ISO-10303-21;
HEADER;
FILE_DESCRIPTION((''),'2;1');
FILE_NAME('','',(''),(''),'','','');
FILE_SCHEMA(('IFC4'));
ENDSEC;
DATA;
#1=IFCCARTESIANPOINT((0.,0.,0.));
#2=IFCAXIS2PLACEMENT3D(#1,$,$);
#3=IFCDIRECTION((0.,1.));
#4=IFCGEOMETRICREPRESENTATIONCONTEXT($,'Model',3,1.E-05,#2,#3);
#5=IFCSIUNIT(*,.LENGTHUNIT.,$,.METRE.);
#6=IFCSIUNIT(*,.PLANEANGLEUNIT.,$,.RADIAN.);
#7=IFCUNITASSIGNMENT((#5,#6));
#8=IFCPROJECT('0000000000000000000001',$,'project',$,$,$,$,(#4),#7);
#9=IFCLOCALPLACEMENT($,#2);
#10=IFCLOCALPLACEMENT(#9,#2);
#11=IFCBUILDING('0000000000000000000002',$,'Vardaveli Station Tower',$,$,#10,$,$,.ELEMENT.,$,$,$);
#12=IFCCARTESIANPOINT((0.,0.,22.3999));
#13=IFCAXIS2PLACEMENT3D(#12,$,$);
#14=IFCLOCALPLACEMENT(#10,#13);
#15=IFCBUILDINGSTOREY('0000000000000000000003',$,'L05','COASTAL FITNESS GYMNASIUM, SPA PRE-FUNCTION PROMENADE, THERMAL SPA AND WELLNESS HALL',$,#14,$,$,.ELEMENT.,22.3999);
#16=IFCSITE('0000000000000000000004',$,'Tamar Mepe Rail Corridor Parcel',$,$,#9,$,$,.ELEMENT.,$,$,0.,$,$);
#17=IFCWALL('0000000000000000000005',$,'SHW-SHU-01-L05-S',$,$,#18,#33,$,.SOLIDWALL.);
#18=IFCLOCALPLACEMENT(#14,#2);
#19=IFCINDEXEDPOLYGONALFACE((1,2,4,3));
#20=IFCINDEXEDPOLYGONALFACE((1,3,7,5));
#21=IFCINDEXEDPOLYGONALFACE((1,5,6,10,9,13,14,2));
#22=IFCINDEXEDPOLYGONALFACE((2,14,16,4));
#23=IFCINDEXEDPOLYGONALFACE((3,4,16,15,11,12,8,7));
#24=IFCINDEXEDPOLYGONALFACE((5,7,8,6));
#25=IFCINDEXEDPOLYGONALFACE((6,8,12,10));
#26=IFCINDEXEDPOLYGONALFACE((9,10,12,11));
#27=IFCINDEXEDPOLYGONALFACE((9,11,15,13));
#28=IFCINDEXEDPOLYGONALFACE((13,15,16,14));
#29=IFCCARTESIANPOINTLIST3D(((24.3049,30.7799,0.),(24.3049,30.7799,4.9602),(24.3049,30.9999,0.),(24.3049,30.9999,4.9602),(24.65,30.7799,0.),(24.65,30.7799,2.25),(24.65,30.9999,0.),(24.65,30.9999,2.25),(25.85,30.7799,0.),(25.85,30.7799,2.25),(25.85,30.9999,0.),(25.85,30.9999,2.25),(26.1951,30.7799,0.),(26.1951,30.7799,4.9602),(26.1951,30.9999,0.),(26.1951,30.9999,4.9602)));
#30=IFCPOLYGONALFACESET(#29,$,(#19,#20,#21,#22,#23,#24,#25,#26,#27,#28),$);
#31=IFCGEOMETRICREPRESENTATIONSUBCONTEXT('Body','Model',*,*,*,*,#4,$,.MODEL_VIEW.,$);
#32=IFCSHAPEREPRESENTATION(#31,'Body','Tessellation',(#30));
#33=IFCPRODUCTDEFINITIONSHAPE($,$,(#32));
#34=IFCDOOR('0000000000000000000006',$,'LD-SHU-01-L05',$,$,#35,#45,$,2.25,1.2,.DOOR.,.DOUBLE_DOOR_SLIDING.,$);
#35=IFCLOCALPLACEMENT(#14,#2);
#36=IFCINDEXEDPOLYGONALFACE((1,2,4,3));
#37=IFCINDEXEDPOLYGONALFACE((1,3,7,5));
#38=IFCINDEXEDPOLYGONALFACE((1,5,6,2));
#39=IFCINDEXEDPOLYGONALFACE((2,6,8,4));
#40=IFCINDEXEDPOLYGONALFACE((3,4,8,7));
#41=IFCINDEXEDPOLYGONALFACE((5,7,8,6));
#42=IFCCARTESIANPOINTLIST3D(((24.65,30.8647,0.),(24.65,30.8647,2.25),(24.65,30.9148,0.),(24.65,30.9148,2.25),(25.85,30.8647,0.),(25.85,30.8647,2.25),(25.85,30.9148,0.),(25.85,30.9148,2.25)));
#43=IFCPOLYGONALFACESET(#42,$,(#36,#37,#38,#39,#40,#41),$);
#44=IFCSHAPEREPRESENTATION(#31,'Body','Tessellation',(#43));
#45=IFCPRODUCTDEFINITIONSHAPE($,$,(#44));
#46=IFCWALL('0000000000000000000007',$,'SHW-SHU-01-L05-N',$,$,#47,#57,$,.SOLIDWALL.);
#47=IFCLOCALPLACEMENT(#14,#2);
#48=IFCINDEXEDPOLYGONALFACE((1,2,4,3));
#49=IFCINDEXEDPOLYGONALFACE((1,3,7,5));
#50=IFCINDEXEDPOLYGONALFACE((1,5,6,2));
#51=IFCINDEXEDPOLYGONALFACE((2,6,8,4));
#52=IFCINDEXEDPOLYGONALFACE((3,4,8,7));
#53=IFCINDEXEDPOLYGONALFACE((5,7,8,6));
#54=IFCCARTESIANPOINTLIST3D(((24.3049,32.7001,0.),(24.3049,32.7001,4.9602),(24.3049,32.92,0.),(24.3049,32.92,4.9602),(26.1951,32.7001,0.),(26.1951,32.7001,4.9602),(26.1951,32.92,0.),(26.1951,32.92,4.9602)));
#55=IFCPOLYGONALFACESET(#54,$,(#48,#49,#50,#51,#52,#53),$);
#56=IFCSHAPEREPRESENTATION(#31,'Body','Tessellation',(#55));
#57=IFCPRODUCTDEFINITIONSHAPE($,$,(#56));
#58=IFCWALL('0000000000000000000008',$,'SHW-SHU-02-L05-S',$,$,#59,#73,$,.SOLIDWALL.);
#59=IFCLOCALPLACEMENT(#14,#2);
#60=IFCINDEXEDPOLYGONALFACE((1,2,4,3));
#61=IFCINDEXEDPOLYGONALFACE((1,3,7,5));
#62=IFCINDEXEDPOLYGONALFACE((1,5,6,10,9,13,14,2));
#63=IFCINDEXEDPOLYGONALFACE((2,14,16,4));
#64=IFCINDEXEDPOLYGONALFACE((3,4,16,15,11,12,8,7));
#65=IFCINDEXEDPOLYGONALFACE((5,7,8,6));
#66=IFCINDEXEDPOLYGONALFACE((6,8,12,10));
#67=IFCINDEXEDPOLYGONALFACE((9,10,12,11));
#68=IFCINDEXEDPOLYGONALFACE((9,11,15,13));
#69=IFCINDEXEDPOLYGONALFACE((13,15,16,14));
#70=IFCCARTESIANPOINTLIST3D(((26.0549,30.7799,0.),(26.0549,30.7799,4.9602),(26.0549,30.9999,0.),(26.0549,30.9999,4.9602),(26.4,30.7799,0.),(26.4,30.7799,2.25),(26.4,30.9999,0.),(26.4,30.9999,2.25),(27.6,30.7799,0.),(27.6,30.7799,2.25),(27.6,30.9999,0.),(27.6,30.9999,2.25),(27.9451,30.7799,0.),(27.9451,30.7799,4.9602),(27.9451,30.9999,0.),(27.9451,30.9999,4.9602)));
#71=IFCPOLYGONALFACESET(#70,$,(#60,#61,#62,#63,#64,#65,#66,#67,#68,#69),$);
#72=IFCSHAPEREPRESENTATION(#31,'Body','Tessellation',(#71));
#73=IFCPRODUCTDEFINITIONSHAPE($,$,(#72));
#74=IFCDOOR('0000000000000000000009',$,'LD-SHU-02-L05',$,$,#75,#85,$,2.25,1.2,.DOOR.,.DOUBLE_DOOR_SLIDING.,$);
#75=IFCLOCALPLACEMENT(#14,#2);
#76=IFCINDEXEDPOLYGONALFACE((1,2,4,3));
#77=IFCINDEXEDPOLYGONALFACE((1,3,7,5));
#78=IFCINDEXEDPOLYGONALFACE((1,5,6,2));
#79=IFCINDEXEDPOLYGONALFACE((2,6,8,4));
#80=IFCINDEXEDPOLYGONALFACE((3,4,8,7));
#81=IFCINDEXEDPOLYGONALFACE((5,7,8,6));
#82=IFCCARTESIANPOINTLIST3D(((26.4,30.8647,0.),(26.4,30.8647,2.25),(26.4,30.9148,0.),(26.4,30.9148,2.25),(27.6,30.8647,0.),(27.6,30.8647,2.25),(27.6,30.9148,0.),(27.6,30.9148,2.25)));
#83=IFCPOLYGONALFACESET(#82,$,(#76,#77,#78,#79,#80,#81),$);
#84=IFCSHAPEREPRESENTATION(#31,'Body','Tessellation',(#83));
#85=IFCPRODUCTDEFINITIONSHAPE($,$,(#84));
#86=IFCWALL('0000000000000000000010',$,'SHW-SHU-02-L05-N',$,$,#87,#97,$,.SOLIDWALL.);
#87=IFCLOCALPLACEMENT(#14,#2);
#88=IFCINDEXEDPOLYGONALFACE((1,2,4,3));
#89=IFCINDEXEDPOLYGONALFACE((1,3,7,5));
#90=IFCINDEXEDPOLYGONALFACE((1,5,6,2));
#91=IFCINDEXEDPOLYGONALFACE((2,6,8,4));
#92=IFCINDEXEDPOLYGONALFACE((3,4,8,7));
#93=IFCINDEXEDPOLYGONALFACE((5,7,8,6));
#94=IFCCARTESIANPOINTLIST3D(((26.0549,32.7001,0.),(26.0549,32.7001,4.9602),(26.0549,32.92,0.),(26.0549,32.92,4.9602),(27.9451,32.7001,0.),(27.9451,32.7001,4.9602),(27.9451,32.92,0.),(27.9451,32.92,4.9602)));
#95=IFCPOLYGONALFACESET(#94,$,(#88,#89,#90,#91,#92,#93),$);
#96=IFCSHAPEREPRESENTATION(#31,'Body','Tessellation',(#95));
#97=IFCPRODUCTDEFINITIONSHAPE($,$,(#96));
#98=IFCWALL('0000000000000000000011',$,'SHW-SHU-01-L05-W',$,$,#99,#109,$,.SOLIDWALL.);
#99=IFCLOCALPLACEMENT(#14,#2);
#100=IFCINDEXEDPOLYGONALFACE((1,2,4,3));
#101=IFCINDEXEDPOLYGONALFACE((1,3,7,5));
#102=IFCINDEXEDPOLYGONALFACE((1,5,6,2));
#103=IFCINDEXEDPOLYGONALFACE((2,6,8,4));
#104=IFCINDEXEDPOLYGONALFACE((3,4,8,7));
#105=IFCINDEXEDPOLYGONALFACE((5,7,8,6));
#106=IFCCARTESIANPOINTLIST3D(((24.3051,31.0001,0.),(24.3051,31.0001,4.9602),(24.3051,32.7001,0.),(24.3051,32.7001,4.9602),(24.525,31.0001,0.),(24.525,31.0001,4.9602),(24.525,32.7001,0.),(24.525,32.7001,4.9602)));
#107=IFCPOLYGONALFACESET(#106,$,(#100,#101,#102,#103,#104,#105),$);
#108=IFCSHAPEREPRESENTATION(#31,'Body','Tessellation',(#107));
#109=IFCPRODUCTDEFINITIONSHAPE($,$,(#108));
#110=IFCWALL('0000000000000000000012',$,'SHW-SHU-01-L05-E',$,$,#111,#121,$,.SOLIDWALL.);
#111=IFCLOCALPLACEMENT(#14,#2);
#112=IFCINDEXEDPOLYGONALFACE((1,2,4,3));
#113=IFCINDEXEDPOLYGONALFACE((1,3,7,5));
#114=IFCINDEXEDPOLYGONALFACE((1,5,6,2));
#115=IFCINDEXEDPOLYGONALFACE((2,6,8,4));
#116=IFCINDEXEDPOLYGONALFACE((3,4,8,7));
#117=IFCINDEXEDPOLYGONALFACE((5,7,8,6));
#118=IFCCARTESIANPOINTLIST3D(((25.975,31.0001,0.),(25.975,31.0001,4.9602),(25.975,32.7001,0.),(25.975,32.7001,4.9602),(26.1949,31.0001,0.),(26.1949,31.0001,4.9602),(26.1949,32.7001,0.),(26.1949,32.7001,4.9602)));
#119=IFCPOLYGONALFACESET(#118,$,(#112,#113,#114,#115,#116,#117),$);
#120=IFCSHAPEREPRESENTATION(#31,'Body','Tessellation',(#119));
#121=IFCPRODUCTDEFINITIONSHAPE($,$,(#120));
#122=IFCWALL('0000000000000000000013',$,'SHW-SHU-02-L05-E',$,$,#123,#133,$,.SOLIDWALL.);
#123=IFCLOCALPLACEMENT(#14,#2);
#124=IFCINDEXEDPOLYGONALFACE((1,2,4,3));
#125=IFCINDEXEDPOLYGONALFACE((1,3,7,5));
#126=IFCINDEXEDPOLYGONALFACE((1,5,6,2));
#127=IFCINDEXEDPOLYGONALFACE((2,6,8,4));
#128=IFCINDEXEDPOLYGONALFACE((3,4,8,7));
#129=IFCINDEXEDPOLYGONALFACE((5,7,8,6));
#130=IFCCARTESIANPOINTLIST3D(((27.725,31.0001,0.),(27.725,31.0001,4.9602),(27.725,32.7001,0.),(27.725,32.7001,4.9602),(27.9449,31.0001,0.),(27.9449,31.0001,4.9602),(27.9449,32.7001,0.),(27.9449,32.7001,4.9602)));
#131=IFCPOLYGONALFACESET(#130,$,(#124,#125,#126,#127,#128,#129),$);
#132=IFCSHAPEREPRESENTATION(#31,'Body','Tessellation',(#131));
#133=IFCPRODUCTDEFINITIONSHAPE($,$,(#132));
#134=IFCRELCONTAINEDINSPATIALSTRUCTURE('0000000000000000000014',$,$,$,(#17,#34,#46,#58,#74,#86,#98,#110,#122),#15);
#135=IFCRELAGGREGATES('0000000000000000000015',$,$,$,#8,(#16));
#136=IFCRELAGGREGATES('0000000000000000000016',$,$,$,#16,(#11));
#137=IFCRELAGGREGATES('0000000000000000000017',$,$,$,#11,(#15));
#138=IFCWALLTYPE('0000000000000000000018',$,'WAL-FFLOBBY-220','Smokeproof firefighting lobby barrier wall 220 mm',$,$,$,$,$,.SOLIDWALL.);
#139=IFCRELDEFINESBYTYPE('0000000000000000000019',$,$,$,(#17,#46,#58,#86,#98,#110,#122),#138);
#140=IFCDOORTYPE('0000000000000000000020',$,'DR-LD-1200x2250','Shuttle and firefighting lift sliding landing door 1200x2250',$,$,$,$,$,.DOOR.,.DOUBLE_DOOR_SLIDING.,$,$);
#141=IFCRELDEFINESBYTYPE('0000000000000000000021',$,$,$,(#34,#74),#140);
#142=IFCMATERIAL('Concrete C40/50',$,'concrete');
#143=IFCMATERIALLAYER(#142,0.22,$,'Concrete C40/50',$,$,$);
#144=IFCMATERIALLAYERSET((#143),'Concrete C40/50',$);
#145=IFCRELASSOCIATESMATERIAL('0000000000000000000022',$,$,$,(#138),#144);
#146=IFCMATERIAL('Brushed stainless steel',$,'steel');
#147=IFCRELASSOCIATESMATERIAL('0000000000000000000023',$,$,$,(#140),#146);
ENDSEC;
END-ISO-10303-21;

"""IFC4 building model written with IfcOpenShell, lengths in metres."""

from ifc_helpers import new_model, si_unit, direction, frame, frame_2d, origin, place, context, subcontext, project, spatial, rectangle, extrude, source, transform, mapped, material, layer, layer_set, type_object, element, fill, save


model = new_model("IFC4")

# Units and contexts
model_context = context("Model", 3, precision=1e-05, world=origin(), true_north=direction((0.0, 1.0)))
body_context = subcontext(model_context, "Body", "Model", "MODEL_VIEW")
ifc_project = project(units=[si_unit("LENGTHUNIT", "METRE"), si_unit("PLANEANGLEUNIT", "RADIAN")], contexts=[model_context])

# Site, building, storey
site_placement = place(None, origin())
site = spatial("IfcSite", under=ifc_project, at=site_placement, Name="Tamar Mepe Rail Corridor Parcel", CompositionType="ELEMENT", RefElevation=0.0)
building_placement = place(site_placement, origin())
building = spatial("IfcBuilding", under=site, at=building_placement, Name="Vardaveli Station Tower", CompositionType="ELEMENT")
storey_placement = place(building_placement, frame((0.0, 0.0, 22.3999)))
storey = spatial("IfcBuildingStorey", under=building, at=storey_placement, Name="L05", Description="COASTAL FITNESS GYMNASIUM, SPA PRE-FUNCTION PROMENADE, THERMAL SPA AND WELLNESS HALL", CompositionType="ELEMENT", Elevation=22.3999)

# Shared definitions
ifc_material_1 = material(Name="Concrete C40/50", Category="concrete")
ifc_layer_1 = layer(ifc_material_1, 0.22, Name="Concrete C40/50")
ifc_layer_set_1 = layer_set([ifc_layer_1], Name="Concrete C40/50")
wall_type_1 = type_object("IfcWallType", Name="WAL-FFLOBBY-220", Description="Smokeproof firefighting lobby barrier wall 220 mm", PredefinedType="SOLIDWALL", material=ifc_layer_set_1)

# Wall, opening, door
shared_shape_1 = source(origin(), body_context, "Body", "SweptSolid", [
    extrude(rectangle(XDim=1.8901, YDim=0.22, at=frame_2d((0.9451, 0.0))), origin(), (0.0, 0.0, 1.0), 4.9602),
])
wall_1_placement = place(storey_placement, frame((24.3049, 30.8899, 0.0), z_axis=(0.0, 0.0, 1.0), x_axis=(1.0, 0.0, 0.0)))
wall_1 = element("IfcWall", 1, at=wall_1_placement, inside=storey, type_object=wall_type_1, Name="SHW-SHU-01-L05-S", PredefinedType="SOLIDWALL", context=body_context, shape_type="MappedRepresentation", body=[
    mapped(shared_shape_1, transform((0.0, 0.0, 0.0), scale=1.0)),
])
shared_shape_2 = source(origin(), body_context, "Body", "SweptSolid", [
    extrude(rectangle(XDim=1.2, YDim=2.25, at=frame_2d((0.6001, 1.125))), frame((0.0, 0.1201, 0.0), z_axis=(0.0, -1.0, 0.0), x_axis=(1.0, 0.0, 0.0)), (0.0, 0.0, 1.0), 0.24),
])
opening_1_placement = place(wall_1_placement, frame((0.345, 0.0, 0.0)))
opening_1 = element("IfcOpeningElement", 2, at=opening_1_placement, cuts=wall_1, PredefinedType="OPENING", context=body_context, shape_type="MappedRepresentation", body=[
    mapped(shared_shape_2, transform((0.0, 0.0, 0.0), scale=1.0)),
])
ifc_material_2 = material(Name="Brushed stainless steel", Category="steel")
door_type = type_object("IfcDoorType", Name="DR-LD-1200x2250", Description="Shuttle and firefighting lift sliding landing door 1200x2250", OperationType="DOUBLE_DOOR_SLIDING", PredefinedType="DOOR", material=ifc_material_2)
shared_shape_3 = source(origin(), body_context, "Body", "SweptSolid", [
    extrude(rectangle(XDim=1.2, YDim=2.25, at=frame_2d((0.6001, 1.125))), frame((0.0, 0.0249, 0.0), z_axis=(0.0, -1.0, 0.0), x_axis=(1.0, 0.0, 0.0)), (0.0, 0.0, 1.0), 0.05),
])
door_1_placement = place(opening_1_placement, origin())
door_1 = element("IfcDoor", 3, at=door_1_placement, inside=storey, type_object=door_type, Name="LD-SHU-01-L05", OperationType="DOUBLE_DOOR_SLIDING", OverallHeight=2.25, OverallWidth=1.2, PredefinedType="DOOR", context=body_context, shape_type="MappedRepresentation", body=[
    mapped(shared_shape_3, transform((0.0, 0.0, 0.0), scale=1.0)),
])
fill(opening_1, door_1)

# Wall
wall_2_placement = place(storey_placement, frame((24.3049, 32.8101, 0.0), z_axis=(0.0, 0.0, 1.0), x_axis=(1.0, 0.0, 0.0)))
element("IfcWall", 4, at=wall_2_placement, inside=storey, type_object=wall_type_1, Name="SHW-SHU-01-L05-N", PredefinedType="SOLIDWALL", context=body_context, shape_type="MappedRepresentation", body=[
    mapped(shared_shape_1, transform((0.0, 0.0, 0.0), scale=1.0)),
])

# Wall, opening, door
wall_3_placement = place(storey_placement, frame((26.0549, 30.8899, 0.0), z_axis=(0.0, 0.0, 1.0), x_axis=(1.0, 0.0, 0.0)))
wall_3 = element("IfcWall", 5, at=wall_3_placement, inside=storey, type_object=wall_type_1, Name="SHW-SHU-02-L05-S", PredefinedType="SOLIDWALL", context=body_context, shape_type="MappedRepresentation", body=[
    mapped(shared_shape_1, transform((0.0, 0.0, 0.0), scale=1.0)),
])
opening_2_placement = place(wall_3_placement, frame((0.345, 0.0, 0.0)))
opening_2 = element("IfcOpeningElement", 6, at=opening_2_placement, cuts=wall_3, PredefinedType="OPENING", context=body_context, shape_type="MappedRepresentation", body=[
    mapped(shared_shape_2, transform((0.0, 0.0, 0.0), scale=1.0)),
])
door_2_placement = place(opening_2_placement, origin())
door_2 = element("IfcDoor", 7, at=door_2_placement, inside=storey, type_object=door_type, Name="LD-SHU-02-L05", OperationType="DOUBLE_DOOR_SLIDING", OverallHeight=2.25, OverallWidth=1.2, PredefinedType="DOOR", context=body_context, shape_type="MappedRepresentation", body=[
    mapped(shared_shape_3, transform((0.0, 0.0, 0.0), scale=1.0)),
])
fill(opening_2, door_2)

# Walls
wall_4_placement = place(storey_placement, frame((26.0549, 32.8101, 0.0), z_axis=(0.0, 0.0, 1.0), x_axis=(1.0, 0.0, 0.0)))
element("IfcWall", 8, at=wall_4_placement, inside=storey, type_object=wall_type_1, Name="SHW-SHU-02-L05-N", PredefinedType="SOLIDWALL", context=body_context, shape_type="MappedRepresentation", body=[
    mapped(shared_shape_1, transform((0.0, 0.0, 0.0), scale=1.0)),
])
shared_shape_4 = source(origin(), body_context, "Body", "SweptSolid", [
    extrude(rectangle(XDim=1.7, YDim=0.22, at=frame_2d((0.8501, 0.0))), origin(), (0.0, 0.0, 1.0), 4.9602),
])
for number, where, z_axis, x_axis, name in (
    (9, (24.415, 31.0, 0.0), (0.0, 0.0, 1.0), (0.0, 1.0, 0.0), "SHW-SHU-01-L05-W"),
    (10, (26.085, 31.0, 0.0), (0.0, 0.0, 1.0), (0.0, 1.0, 0.0), "SHW-SHU-01-L05-E"),
    (11, (27.835, 31.0, 0.0), (0.0, 0.0, 1.0), (0.0, 1.0, 0.0), "SHW-SHU-02-L05-E"),
):
    element("IfcWall", number, at=place(storey_placement, frame(where, z_axis=z_axis, x_axis=x_axis)), inside=storey, type_object=wall_type_1, Name=name, PredefinedType="SOLIDWALL", context=body_context, shape_type="MappedRepresentation", body=[
        mapped(shared_shape_4, transform((0.0, 0.0, 0.0), scale=1.0)),
    ])

save(model, "model.ifc")
